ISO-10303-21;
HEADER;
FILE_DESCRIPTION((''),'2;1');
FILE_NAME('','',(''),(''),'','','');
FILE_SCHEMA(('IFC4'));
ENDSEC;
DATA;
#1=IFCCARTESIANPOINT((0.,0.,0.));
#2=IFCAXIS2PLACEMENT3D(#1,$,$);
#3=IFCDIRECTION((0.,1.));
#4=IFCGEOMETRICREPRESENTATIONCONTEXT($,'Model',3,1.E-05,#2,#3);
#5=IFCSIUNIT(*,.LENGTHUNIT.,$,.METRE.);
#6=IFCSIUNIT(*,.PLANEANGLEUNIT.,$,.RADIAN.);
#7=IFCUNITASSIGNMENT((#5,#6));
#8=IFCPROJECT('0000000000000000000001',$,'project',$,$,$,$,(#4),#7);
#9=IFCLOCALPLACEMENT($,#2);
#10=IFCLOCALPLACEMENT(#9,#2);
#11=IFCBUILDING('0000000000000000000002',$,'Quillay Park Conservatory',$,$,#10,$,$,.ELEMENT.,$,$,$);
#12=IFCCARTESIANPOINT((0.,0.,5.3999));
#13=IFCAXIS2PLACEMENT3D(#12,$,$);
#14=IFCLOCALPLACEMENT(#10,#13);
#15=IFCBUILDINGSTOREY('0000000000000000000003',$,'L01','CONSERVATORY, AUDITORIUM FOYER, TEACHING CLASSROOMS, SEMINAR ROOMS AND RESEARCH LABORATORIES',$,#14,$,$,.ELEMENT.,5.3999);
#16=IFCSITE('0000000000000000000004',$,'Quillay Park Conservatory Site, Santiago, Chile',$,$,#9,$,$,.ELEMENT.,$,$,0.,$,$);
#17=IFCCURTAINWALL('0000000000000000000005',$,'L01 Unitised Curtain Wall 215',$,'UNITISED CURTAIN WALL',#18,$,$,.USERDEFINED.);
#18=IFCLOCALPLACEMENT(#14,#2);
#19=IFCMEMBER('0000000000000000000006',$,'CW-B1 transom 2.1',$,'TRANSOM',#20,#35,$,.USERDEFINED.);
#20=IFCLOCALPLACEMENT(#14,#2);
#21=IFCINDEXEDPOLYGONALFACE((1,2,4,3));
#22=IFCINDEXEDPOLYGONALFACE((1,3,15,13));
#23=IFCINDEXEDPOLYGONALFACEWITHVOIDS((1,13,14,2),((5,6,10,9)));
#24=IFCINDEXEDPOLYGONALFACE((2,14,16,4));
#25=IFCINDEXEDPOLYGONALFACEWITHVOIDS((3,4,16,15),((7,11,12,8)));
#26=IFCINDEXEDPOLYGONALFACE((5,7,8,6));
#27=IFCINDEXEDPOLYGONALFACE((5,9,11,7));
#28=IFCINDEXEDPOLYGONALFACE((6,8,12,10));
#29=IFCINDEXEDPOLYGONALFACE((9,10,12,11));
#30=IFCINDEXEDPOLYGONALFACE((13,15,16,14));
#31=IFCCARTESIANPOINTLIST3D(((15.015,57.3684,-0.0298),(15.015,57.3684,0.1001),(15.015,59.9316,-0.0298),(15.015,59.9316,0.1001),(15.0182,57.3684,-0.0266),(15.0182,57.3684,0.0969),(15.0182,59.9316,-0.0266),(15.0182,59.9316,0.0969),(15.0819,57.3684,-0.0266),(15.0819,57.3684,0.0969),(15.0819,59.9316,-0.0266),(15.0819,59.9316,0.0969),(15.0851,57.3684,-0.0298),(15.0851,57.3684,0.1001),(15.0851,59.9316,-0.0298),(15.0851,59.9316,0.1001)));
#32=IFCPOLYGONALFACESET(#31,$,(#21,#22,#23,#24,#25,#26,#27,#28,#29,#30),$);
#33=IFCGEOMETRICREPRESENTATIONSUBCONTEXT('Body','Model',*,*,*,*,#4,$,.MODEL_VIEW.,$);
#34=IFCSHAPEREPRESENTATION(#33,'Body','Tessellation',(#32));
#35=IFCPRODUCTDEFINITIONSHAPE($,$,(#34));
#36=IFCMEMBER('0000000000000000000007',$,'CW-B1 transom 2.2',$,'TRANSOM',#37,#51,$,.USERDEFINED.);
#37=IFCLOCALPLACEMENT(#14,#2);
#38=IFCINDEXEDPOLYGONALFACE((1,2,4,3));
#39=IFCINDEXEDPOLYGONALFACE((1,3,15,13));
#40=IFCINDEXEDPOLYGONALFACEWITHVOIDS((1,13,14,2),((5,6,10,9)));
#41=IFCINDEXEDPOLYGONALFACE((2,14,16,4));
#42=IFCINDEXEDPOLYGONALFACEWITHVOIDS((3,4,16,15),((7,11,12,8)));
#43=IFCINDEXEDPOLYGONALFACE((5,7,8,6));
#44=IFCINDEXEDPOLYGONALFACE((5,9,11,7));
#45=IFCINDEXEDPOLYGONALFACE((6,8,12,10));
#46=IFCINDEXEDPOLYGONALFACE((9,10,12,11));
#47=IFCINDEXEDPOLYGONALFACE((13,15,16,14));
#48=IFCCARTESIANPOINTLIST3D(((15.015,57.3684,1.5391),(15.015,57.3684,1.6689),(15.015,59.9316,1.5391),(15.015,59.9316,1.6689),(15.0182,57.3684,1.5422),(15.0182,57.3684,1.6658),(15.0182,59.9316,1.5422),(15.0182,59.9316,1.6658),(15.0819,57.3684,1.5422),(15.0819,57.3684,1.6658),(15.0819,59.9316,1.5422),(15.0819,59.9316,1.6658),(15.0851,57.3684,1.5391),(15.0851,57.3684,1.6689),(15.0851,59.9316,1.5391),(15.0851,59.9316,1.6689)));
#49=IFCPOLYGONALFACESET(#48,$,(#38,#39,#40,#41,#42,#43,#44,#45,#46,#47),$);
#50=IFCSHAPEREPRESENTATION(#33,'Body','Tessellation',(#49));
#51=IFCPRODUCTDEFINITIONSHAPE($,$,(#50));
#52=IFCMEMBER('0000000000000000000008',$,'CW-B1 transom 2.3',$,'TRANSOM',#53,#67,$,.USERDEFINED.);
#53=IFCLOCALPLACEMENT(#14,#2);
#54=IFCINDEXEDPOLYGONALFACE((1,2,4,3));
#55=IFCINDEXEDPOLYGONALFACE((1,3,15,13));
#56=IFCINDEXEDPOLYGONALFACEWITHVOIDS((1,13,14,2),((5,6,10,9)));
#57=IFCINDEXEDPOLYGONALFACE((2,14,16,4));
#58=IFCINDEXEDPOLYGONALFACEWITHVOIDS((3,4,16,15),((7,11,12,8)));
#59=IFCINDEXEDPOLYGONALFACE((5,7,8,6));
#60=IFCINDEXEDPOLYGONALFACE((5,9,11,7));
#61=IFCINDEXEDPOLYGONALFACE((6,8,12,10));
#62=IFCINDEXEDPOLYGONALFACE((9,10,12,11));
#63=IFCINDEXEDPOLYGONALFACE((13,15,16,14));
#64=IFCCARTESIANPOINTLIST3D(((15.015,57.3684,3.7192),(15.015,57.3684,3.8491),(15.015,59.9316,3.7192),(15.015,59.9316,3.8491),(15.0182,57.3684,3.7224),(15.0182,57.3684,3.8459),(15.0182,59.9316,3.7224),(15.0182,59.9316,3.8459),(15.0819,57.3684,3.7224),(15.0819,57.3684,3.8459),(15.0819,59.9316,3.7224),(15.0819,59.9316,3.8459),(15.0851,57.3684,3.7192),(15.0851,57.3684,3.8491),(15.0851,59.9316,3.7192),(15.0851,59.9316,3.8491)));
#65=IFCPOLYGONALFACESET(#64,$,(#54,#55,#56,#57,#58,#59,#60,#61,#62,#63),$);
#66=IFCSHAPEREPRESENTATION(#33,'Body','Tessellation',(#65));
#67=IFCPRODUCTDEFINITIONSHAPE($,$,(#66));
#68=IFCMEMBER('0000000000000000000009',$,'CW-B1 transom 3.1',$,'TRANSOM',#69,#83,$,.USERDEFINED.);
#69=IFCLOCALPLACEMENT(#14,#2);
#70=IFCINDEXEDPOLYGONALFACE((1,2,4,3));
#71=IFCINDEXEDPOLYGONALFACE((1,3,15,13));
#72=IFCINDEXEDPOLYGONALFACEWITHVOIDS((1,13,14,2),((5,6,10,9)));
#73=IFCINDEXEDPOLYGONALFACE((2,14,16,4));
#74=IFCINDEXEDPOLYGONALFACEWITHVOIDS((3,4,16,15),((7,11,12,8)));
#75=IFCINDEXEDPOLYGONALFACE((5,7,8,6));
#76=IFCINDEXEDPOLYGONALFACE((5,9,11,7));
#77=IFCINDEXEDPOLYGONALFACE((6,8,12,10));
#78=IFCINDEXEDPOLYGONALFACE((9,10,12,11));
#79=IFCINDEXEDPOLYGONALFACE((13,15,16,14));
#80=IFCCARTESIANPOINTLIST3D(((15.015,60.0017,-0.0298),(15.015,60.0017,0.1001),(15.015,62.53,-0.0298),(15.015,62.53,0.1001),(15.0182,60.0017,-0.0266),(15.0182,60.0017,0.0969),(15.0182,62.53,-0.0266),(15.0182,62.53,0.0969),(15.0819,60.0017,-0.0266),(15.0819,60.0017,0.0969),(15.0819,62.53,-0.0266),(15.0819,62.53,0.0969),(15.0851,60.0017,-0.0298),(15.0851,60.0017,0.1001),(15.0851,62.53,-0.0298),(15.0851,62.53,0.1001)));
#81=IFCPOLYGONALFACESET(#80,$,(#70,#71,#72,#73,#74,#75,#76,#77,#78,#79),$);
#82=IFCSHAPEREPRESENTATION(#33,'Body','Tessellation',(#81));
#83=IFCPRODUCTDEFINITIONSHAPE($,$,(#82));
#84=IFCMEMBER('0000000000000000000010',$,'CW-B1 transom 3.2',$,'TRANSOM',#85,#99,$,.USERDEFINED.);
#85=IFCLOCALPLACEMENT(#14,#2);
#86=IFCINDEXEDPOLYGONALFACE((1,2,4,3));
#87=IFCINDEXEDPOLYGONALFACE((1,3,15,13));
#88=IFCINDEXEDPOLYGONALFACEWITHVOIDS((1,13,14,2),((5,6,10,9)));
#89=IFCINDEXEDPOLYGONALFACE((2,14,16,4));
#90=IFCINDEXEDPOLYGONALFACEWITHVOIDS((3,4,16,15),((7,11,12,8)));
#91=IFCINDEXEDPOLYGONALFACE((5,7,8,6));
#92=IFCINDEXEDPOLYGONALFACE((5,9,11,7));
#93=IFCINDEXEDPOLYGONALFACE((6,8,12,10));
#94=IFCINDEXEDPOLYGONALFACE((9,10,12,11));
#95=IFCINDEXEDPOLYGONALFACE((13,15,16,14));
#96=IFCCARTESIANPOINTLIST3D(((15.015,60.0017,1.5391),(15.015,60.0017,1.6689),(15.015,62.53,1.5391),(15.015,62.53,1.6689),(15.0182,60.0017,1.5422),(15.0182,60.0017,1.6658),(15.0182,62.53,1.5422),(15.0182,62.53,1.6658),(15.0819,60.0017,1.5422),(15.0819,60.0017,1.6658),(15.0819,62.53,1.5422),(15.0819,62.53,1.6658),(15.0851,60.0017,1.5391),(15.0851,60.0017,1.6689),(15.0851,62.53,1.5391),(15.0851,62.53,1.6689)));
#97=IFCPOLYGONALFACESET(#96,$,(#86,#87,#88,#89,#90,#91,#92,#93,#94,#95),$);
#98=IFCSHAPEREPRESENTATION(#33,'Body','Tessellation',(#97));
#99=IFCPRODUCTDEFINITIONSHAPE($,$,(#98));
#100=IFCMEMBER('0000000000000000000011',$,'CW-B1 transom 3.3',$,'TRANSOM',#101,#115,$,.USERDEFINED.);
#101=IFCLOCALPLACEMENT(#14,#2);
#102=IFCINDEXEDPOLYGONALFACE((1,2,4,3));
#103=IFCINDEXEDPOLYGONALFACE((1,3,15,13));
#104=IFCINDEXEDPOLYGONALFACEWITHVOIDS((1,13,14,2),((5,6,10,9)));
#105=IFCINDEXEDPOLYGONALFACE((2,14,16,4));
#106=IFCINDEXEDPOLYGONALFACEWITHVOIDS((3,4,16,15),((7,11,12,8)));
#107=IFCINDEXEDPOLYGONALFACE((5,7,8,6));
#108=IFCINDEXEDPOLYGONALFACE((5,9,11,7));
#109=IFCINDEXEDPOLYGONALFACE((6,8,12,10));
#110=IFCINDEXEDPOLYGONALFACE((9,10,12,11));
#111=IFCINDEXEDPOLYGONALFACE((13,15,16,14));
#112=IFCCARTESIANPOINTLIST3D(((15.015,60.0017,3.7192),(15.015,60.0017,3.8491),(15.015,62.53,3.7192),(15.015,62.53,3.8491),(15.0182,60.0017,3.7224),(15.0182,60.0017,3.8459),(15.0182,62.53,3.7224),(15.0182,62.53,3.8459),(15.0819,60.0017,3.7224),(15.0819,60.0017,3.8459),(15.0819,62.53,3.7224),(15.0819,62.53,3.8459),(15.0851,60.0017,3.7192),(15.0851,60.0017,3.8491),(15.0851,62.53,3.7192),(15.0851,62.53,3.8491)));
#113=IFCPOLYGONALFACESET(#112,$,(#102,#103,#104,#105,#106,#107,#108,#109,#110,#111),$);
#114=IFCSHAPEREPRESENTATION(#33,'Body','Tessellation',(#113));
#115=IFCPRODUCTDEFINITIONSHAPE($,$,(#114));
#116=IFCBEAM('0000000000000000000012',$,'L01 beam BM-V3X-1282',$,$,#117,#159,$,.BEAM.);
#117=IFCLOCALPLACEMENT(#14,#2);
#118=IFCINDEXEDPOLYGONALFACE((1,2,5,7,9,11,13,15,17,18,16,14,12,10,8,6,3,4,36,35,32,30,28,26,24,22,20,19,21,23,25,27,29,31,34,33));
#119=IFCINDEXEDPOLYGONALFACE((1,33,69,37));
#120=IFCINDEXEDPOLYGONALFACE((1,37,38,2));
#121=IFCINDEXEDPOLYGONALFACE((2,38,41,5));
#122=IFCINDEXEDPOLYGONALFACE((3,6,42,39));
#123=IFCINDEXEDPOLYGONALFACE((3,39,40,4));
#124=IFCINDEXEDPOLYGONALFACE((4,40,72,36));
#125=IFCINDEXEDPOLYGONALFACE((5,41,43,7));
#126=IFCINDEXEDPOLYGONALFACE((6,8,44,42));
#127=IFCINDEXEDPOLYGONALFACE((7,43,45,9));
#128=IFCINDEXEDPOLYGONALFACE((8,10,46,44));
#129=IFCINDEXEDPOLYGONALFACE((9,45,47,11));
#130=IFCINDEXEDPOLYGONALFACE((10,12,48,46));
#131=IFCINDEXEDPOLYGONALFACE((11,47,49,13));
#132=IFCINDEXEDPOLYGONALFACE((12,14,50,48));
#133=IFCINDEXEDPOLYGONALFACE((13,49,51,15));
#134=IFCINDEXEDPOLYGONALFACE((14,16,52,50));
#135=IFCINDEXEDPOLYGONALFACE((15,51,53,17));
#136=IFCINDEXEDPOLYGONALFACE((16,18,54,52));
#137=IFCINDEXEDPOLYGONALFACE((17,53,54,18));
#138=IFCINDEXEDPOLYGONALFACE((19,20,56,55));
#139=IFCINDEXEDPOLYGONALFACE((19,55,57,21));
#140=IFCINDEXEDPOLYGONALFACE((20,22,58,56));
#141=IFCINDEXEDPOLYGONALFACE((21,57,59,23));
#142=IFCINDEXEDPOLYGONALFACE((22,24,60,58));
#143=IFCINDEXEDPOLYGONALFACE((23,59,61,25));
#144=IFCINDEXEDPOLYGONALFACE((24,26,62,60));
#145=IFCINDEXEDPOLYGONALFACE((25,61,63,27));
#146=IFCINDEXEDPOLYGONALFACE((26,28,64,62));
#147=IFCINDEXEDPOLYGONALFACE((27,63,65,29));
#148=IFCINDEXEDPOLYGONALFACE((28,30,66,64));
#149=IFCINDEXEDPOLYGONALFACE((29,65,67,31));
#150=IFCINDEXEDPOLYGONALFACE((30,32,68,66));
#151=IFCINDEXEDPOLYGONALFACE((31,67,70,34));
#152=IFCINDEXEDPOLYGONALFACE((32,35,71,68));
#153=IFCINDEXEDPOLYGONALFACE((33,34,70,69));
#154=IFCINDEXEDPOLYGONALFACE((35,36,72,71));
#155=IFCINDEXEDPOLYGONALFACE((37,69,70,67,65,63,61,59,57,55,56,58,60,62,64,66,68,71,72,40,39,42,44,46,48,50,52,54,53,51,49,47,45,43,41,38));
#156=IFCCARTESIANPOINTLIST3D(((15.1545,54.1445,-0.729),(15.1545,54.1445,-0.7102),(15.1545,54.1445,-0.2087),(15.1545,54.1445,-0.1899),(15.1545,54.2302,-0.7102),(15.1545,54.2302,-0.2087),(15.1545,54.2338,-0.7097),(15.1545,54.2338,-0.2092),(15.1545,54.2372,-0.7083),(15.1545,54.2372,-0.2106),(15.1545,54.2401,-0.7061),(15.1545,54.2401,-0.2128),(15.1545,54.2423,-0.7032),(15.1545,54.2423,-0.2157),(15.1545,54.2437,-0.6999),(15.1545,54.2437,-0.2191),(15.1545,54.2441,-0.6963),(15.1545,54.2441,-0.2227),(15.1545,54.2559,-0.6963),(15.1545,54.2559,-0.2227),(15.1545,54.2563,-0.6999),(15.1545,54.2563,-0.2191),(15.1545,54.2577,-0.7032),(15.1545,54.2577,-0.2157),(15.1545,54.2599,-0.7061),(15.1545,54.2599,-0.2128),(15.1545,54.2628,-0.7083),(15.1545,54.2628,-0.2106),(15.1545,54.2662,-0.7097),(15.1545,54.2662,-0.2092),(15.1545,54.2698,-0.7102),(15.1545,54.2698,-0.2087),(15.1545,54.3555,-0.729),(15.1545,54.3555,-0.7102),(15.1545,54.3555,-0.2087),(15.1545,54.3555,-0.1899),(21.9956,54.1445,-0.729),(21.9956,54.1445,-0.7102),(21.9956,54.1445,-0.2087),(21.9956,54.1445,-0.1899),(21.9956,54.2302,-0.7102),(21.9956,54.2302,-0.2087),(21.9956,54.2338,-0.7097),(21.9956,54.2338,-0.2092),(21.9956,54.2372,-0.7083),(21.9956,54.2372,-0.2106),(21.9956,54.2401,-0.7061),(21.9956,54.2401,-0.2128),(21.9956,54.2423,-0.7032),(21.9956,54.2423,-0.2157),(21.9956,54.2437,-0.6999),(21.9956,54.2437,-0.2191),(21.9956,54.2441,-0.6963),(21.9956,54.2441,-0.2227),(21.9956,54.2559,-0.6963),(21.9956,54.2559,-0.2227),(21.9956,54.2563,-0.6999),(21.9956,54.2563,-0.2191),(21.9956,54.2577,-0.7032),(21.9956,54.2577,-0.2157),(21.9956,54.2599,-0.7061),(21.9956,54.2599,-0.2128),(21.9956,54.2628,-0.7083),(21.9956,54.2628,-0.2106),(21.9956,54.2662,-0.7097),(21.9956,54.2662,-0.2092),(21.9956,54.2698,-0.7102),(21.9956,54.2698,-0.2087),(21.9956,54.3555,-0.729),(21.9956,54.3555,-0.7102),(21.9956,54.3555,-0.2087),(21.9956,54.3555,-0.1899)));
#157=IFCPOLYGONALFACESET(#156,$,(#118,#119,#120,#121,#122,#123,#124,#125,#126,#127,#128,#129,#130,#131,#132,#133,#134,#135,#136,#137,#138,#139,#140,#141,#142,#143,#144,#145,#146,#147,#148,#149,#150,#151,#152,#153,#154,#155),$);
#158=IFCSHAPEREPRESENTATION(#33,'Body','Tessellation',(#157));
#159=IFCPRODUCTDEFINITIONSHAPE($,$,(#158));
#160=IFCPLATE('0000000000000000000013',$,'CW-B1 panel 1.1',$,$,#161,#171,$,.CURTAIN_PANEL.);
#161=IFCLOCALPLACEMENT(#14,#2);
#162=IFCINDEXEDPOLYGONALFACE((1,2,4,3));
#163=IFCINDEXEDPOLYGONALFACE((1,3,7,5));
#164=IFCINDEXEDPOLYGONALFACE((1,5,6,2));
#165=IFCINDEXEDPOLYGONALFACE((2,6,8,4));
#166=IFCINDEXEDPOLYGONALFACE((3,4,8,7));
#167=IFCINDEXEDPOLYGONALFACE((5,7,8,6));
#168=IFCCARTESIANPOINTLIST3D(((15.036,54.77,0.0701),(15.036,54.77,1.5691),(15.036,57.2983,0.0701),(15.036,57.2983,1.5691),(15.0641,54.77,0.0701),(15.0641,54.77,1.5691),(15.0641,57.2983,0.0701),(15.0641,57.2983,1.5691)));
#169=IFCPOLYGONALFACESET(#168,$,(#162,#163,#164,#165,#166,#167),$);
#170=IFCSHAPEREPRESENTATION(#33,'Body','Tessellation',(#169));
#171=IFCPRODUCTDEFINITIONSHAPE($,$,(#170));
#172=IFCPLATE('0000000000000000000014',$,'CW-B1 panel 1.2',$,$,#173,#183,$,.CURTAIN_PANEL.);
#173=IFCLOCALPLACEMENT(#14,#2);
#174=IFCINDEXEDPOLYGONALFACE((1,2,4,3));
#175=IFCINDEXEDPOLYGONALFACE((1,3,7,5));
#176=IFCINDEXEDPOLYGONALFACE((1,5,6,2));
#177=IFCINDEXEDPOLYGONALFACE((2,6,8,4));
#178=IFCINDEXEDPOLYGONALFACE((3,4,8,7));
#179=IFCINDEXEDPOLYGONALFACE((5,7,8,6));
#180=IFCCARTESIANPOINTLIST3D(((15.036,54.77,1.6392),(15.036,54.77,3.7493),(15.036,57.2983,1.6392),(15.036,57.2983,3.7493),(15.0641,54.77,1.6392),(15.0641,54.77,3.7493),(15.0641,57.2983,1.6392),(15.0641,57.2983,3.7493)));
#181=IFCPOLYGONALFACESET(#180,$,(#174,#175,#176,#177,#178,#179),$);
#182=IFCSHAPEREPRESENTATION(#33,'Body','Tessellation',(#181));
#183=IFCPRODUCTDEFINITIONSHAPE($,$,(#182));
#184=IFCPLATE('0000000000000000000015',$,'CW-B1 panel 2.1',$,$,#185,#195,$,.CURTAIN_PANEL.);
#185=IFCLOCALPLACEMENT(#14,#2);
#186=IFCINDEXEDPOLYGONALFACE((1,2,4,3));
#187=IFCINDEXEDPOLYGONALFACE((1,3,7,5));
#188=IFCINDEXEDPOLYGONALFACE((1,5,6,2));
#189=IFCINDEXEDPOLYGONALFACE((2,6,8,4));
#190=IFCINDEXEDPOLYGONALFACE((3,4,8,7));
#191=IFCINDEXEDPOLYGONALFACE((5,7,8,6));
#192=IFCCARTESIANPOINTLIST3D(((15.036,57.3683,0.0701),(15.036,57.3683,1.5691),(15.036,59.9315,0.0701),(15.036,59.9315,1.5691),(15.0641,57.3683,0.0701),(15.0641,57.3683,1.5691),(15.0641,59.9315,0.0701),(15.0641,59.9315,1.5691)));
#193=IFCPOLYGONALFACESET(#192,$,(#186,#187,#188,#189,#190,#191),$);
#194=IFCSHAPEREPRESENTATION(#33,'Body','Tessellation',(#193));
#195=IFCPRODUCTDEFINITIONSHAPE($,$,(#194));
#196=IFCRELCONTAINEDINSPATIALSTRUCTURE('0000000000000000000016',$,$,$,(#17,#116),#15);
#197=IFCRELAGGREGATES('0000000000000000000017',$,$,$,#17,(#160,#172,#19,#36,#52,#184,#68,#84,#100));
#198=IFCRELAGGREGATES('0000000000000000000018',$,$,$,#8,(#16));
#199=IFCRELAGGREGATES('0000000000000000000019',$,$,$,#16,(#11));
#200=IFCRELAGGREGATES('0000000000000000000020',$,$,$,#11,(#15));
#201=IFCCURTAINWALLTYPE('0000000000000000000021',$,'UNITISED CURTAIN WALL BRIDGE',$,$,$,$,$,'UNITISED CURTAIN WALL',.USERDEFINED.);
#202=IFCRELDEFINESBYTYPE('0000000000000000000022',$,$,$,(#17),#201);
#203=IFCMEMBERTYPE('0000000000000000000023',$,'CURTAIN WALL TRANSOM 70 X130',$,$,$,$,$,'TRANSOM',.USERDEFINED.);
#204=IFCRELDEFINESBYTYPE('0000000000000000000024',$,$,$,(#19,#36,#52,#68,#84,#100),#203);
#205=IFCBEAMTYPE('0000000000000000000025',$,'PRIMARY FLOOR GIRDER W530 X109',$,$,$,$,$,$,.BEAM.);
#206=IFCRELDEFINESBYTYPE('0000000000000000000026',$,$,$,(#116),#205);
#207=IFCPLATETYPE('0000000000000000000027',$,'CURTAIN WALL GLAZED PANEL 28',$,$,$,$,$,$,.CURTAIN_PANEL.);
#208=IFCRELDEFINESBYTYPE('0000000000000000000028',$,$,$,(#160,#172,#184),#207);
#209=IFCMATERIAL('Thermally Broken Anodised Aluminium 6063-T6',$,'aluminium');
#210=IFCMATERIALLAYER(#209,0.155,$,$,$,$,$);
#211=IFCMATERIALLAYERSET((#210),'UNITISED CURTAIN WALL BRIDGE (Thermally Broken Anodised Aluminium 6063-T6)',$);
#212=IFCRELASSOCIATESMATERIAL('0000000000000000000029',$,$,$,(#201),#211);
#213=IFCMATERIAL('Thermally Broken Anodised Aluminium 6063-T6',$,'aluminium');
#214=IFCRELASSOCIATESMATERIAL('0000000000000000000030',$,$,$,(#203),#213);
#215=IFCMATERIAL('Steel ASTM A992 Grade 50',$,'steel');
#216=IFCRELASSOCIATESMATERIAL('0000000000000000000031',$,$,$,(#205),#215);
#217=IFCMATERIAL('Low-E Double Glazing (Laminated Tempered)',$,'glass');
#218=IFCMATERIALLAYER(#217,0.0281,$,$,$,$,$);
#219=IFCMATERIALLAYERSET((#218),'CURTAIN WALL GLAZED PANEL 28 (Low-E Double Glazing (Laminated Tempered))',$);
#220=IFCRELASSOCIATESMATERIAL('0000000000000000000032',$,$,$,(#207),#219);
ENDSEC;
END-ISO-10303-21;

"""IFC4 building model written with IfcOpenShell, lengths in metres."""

from ifc_helpers import new_model, si_unit, direction, frame, origin, origin_2d, place, context, subcontext, project, spatial, rectangle, hollow_rectangle, i_section, extrude, material, layer, layer_set, material_profile, profile_set, type_object, element, aggregate, save


model = new_model("IFC4")

# Units and contexts
model_context = context("Model", 3, precision=1e-05, world=origin(), true_north=direction((0.0, 1.0)))
body_context = subcontext(model_context, "Body", "Model", "MODEL_VIEW")
ifc_project = project(units=[si_unit("LENGTHUNIT", "METRE"), si_unit("PLANEANGLEUNIT", "RADIAN")], contexts=[model_context])

# Site, building, storey
site_placement = place(None, origin())
site = spatial("IfcSite", under=ifc_project, at=site_placement, Name="Quillay Park Conservatory Site, Santiago, Chile", CompositionType="ELEMENT", RefElevation=0.0)
building_placement = place(site_placement, origin())
building = spatial("IfcBuilding", under=site, at=building_placement, Name="Quillay Park Conservatory", CompositionType="ELEMENT")
storey_placement = place(building_placement, frame((0.0, 0.0, 5.3999)))
storey = spatial("IfcBuildingStorey", under=building, at=storey_placement, Name="L01", Description="CONSERVATORY, AUDITORIUM FOYER, TEACHING CLASSROOMS, SEMINAR ROOMS AND RESEARCH LABORATORIES", CompositionType="ELEMENT", Elevation=5.3999)

# Curtain wall, members
ifc_material_1 = material(Name="Thermally Broken Anodised Aluminium 6063-T6", Category="aluminium")
ifc_layer_1 = layer(ifc_material_1, 0.155)
ifc_layer_set_1 = layer_set([ifc_layer_1], Name="UNITISED CURTAIN WALL BRIDGE (Thermally Broken Anodised Aluminium 6063-T6)")
curtain_wall_type = type_object("IfcCurtainWallType", Name="UNITISED CURTAIN WALL BRIDGE", ElementType="UNITISED CURTAIN WALL", PredefinedType="USERDEFINED", material=ifc_layer_set_1)
curtain_wall_placement = place(storey_placement, origin())
curtain_wall = element("IfcCurtainWall", 1, at=curtain_wall_placement, inside=storey, type_object=curtain_wall_type, Name="L01 Unitised Curtain Wall 215", ObjectType="UNITISED CURTAIN WALL", PredefinedType="USERDEFINED")
ifc_material_2 = material(Name="Thermally Broken Anodised Aluminium 6063-T6", Category="aluminium")
ifc_material_profile_1 = material_profile(ifc_material_2, hollow_rectangle(XDim=0.0701, YDim=0.1299, WallThickness=0.0032, at=origin_2d()), Name="AL70x130x3.2")
ifc_profile_set_1 = profile_set([ifc_material_profile_1], Name="Thermally Broken Anodised Aluminium 6063-T6")
member_type_1 = type_object("IfcMemberType", Name="CURTAIN WALL TRANSOM 70 X130", ElementType="TRANSOM", PredefinedType="USERDEFINED", material=ifc_profile_set_1)
member_1_placement = place(storey_placement, frame((15.05, 57.3684, 0.0352), z_axis=(0.0, 1.0, 0.0), x_axis=(-1.0, 0.0, 0.0)))
member_1 = element("IfcMember", 2, at=member_1_placement, type_object=member_type_1, Name="CW-B1 transom 2.1", ObjectType="TRANSOM", PredefinedType="USERDEFINED", context=body_context, shape_type="SweptSolid", body=[
    extrude(hollow_rectangle(XDim=0.0701, YDim=0.1299, WallThickness=0.0032, at=origin_2d()), origin(), (0.0, 0.0, 1.0), 2.5632),
])
member_2_placement = place(storey_placement, frame((15.05, 57.3684, 1.604), z_axis=(0.0, 1.0, 0.0), x_axis=(-1.0, 0.0, 0.0)))
member_2 = element("IfcMember", 3, at=member_2_placement, type_object=member_type_1, Name="CW-B1 transom 2.2", ObjectType="TRANSOM", PredefinedType="USERDEFINED", context=body_context, shape_type="SweptSolid", body=[
    extrude(hollow_rectangle(XDim=0.0701, YDim=0.1299, WallThickness=0.0032, at=origin_2d()), origin(), (0.0, 0.0, 1.0), 2.5632),
])
member_3_placement = place(storey_placement, frame((15.05, 57.3684, 3.7842), z_axis=(0.0, 1.0, 0.0), x_axis=(-1.0, 0.0, 0.0)))
member_3 = element("IfcMember", 4, at=member_3_placement, type_object=member_type_1, Name="CW-B1 transom 2.3", ObjectType="TRANSOM", PredefinedType="USERDEFINED", context=body_context, shape_type="SweptSolid", body=[
    extrude(hollow_rectangle(XDim=0.0701, YDim=0.1299, WallThickness=0.0032, at=origin_2d()), origin(), (0.0, 0.0, 1.0), 2.5632),
])
member_4_placement = place(storey_placement, frame((15.05, 60.0017, 0.0352), z_axis=(0.0, 1.0, 0.0), x_axis=(-1.0, 0.0, 0.0)))
member_4 = element("IfcMember", 5, at=member_4_placement, type_object=member_type_1, Name="CW-B1 transom 3.1", ObjectType="TRANSOM", PredefinedType="USERDEFINED", context=body_context, shape_type="SweptSolid", body=[
    extrude(hollow_rectangle(XDim=0.0701, YDim=0.1299, WallThickness=0.0032, at=origin_2d()), origin(), (0.0, 0.0, 1.0), 2.5283),
])
member_5_placement = place(storey_placement, frame((15.05, 60.0017, 1.604), z_axis=(0.0, 1.0, 0.0), x_axis=(-1.0, 0.0, 0.0)))
member_5 = element("IfcMember", 6, at=member_5_placement, type_object=member_type_1, Name="CW-B1 transom 3.2", ObjectType="TRANSOM", PredefinedType="USERDEFINED", context=body_context, shape_type="SweptSolid", body=[
    extrude(hollow_rectangle(XDim=0.0701, YDim=0.1299, WallThickness=0.0032, at=origin_2d()), origin(), (0.0, 0.0, 1.0), 2.5283),
])
member_6_placement = place(storey_placement, frame((15.05, 60.0017, 3.7842), z_axis=(0.0, 1.0, 0.0), x_axis=(-1.0, 0.0, 0.0)))
member_6 = element("IfcMember", 7, at=member_6_placement, type_object=member_type_1, Name="CW-B1 transom 3.3", ObjectType="TRANSOM", PredefinedType="USERDEFINED", context=body_context, shape_type="SweptSolid", body=[
    extrude(hollow_rectangle(XDim=0.0701, YDim=0.1299, WallThickness=0.0032, at=origin_2d()), origin(), (0.0, 0.0, 1.0), 2.5283),
])

# Beam
ifc_material_3 = material(Name="Steel ASTM A992 Grade 50", Category="steel")
ifc_material_profile_2 = material_profile(ifc_material_3, i_section(OverallWidth=0.2109, OverallDepth=0.5391, WebThickness=0.0117, FlangeThickness=0.0188, FilletRadius=0.0139, at=origin_2d()), Name="W530x109")
ifc_profile_set_2 = profile_set([ifc_material_profile_2], Name="Steel ASTM A992 Grade 50")
beam_type_1 = type_object("IfcBeamType", Name="PRIMARY FLOOR GIRDER W530 X109", PredefinedType="BEAM", material=ifc_profile_set_2)
beam_1_placement = place(storey_placement, frame((15.1545, 54.25, -0.4595), z_axis=(1.0, 0.0, 0.0), x_axis=(0.0, 1.0, 0.0)))
element("IfcBeam", 8, at=beam_1_placement, inside=storey, type_object=beam_type_1, Name="L01 beam BM-V3X-1282", PredefinedType="BEAM", context=body_context, shape_type="SweptSolid", body=[
    extrude(i_section(OverallWidth=0.2109, OverallDepth=0.5391, WebThickness=0.0117, FlangeThickness=0.0188, FilletRadius=0.0139, at=origin_2d()), origin(), (0.0, 0.0, 1.0), 6.8411),
])

# Plates
ifc_material_4 = material(Name="Low-E Double Glazing (Laminated Tempered)", Category="glass")
ifc_layer_2 = layer(ifc_material_4, 0.0281)
ifc_layer_set_2 = layer_set([ifc_layer_2], Name="CURTAIN WALL GLAZED PANEL 28 (Low-E Double Glazing (Laminated Tempered))")
plate_type = type_object("IfcPlateType", Name="CURTAIN WALL GLAZED PANEL 28", PredefinedType="CURTAIN_PANEL", material=ifc_layer_set_2)
plate_1_placement = place(storey_placement, frame((15.05, 56.0342, 0.0701), z_axis=(0.0, 0.0, 1.0), x_axis=(0.0, 1.0, 0.0)))
plate_1 = element("IfcPlate", 9, at=plate_1_placement, type_object=plate_type, Name="CW-B1 panel 1.1", PredefinedType="CURTAIN_PANEL", context=body_context, shape_type="SweptSolid", body=[
    extrude(rectangle(XDim=2.5283, YDim=0.0281, at=origin_2d()), origin(), (0.0, 0.0, 1.0), 1.499),
])
plate_2_placement = place(storey_placement, frame((15.05, 56.0342, 1.6392), z_axis=(0.0, 0.0, 1.0), x_axis=(0.0, 1.0, 0.0)))
plate_2 = element("IfcPlate", 10, at=plate_2_placement, type_object=plate_type, Name="CW-B1 panel 1.2", PredefinedType="CURTAIN_PANEL", context=body_context, shape_type="SweptSolid", body=[
    extrude(rectangle(XDim=2.5283, YDim=0.0281, at=origin_2d()), origin(), (0.0, 0.0, 1.0), 2.1101),
])
plate_3_placement = place(storey_placement, frame((15.05, 58.6499, 0.0701), z_axis=(0.0, 0.0, 1.0), x_axis=(0.0, 1.0, 0.0)))
plate_3 = element("IfcPlate", 11, at=plate_3_placement, type_object=plate_type, Name="CW-B1 panel 2.1", PredefinedType="CURTAIN_PANEL", context=body_context, shape_type="SweptSolid", body=[
    extrude(rectangle(XDim=2.5632, YDim=0.0281, at=origin_2d()), origin(), (0.0, 0.0, 1.0), 1.499),
])
aggregate(curtain_wall, [plate_1, plate_2, member_1, member_2, member_3, plate_3, member_4, member_5, member_6])

save(model, "model.ifc")
